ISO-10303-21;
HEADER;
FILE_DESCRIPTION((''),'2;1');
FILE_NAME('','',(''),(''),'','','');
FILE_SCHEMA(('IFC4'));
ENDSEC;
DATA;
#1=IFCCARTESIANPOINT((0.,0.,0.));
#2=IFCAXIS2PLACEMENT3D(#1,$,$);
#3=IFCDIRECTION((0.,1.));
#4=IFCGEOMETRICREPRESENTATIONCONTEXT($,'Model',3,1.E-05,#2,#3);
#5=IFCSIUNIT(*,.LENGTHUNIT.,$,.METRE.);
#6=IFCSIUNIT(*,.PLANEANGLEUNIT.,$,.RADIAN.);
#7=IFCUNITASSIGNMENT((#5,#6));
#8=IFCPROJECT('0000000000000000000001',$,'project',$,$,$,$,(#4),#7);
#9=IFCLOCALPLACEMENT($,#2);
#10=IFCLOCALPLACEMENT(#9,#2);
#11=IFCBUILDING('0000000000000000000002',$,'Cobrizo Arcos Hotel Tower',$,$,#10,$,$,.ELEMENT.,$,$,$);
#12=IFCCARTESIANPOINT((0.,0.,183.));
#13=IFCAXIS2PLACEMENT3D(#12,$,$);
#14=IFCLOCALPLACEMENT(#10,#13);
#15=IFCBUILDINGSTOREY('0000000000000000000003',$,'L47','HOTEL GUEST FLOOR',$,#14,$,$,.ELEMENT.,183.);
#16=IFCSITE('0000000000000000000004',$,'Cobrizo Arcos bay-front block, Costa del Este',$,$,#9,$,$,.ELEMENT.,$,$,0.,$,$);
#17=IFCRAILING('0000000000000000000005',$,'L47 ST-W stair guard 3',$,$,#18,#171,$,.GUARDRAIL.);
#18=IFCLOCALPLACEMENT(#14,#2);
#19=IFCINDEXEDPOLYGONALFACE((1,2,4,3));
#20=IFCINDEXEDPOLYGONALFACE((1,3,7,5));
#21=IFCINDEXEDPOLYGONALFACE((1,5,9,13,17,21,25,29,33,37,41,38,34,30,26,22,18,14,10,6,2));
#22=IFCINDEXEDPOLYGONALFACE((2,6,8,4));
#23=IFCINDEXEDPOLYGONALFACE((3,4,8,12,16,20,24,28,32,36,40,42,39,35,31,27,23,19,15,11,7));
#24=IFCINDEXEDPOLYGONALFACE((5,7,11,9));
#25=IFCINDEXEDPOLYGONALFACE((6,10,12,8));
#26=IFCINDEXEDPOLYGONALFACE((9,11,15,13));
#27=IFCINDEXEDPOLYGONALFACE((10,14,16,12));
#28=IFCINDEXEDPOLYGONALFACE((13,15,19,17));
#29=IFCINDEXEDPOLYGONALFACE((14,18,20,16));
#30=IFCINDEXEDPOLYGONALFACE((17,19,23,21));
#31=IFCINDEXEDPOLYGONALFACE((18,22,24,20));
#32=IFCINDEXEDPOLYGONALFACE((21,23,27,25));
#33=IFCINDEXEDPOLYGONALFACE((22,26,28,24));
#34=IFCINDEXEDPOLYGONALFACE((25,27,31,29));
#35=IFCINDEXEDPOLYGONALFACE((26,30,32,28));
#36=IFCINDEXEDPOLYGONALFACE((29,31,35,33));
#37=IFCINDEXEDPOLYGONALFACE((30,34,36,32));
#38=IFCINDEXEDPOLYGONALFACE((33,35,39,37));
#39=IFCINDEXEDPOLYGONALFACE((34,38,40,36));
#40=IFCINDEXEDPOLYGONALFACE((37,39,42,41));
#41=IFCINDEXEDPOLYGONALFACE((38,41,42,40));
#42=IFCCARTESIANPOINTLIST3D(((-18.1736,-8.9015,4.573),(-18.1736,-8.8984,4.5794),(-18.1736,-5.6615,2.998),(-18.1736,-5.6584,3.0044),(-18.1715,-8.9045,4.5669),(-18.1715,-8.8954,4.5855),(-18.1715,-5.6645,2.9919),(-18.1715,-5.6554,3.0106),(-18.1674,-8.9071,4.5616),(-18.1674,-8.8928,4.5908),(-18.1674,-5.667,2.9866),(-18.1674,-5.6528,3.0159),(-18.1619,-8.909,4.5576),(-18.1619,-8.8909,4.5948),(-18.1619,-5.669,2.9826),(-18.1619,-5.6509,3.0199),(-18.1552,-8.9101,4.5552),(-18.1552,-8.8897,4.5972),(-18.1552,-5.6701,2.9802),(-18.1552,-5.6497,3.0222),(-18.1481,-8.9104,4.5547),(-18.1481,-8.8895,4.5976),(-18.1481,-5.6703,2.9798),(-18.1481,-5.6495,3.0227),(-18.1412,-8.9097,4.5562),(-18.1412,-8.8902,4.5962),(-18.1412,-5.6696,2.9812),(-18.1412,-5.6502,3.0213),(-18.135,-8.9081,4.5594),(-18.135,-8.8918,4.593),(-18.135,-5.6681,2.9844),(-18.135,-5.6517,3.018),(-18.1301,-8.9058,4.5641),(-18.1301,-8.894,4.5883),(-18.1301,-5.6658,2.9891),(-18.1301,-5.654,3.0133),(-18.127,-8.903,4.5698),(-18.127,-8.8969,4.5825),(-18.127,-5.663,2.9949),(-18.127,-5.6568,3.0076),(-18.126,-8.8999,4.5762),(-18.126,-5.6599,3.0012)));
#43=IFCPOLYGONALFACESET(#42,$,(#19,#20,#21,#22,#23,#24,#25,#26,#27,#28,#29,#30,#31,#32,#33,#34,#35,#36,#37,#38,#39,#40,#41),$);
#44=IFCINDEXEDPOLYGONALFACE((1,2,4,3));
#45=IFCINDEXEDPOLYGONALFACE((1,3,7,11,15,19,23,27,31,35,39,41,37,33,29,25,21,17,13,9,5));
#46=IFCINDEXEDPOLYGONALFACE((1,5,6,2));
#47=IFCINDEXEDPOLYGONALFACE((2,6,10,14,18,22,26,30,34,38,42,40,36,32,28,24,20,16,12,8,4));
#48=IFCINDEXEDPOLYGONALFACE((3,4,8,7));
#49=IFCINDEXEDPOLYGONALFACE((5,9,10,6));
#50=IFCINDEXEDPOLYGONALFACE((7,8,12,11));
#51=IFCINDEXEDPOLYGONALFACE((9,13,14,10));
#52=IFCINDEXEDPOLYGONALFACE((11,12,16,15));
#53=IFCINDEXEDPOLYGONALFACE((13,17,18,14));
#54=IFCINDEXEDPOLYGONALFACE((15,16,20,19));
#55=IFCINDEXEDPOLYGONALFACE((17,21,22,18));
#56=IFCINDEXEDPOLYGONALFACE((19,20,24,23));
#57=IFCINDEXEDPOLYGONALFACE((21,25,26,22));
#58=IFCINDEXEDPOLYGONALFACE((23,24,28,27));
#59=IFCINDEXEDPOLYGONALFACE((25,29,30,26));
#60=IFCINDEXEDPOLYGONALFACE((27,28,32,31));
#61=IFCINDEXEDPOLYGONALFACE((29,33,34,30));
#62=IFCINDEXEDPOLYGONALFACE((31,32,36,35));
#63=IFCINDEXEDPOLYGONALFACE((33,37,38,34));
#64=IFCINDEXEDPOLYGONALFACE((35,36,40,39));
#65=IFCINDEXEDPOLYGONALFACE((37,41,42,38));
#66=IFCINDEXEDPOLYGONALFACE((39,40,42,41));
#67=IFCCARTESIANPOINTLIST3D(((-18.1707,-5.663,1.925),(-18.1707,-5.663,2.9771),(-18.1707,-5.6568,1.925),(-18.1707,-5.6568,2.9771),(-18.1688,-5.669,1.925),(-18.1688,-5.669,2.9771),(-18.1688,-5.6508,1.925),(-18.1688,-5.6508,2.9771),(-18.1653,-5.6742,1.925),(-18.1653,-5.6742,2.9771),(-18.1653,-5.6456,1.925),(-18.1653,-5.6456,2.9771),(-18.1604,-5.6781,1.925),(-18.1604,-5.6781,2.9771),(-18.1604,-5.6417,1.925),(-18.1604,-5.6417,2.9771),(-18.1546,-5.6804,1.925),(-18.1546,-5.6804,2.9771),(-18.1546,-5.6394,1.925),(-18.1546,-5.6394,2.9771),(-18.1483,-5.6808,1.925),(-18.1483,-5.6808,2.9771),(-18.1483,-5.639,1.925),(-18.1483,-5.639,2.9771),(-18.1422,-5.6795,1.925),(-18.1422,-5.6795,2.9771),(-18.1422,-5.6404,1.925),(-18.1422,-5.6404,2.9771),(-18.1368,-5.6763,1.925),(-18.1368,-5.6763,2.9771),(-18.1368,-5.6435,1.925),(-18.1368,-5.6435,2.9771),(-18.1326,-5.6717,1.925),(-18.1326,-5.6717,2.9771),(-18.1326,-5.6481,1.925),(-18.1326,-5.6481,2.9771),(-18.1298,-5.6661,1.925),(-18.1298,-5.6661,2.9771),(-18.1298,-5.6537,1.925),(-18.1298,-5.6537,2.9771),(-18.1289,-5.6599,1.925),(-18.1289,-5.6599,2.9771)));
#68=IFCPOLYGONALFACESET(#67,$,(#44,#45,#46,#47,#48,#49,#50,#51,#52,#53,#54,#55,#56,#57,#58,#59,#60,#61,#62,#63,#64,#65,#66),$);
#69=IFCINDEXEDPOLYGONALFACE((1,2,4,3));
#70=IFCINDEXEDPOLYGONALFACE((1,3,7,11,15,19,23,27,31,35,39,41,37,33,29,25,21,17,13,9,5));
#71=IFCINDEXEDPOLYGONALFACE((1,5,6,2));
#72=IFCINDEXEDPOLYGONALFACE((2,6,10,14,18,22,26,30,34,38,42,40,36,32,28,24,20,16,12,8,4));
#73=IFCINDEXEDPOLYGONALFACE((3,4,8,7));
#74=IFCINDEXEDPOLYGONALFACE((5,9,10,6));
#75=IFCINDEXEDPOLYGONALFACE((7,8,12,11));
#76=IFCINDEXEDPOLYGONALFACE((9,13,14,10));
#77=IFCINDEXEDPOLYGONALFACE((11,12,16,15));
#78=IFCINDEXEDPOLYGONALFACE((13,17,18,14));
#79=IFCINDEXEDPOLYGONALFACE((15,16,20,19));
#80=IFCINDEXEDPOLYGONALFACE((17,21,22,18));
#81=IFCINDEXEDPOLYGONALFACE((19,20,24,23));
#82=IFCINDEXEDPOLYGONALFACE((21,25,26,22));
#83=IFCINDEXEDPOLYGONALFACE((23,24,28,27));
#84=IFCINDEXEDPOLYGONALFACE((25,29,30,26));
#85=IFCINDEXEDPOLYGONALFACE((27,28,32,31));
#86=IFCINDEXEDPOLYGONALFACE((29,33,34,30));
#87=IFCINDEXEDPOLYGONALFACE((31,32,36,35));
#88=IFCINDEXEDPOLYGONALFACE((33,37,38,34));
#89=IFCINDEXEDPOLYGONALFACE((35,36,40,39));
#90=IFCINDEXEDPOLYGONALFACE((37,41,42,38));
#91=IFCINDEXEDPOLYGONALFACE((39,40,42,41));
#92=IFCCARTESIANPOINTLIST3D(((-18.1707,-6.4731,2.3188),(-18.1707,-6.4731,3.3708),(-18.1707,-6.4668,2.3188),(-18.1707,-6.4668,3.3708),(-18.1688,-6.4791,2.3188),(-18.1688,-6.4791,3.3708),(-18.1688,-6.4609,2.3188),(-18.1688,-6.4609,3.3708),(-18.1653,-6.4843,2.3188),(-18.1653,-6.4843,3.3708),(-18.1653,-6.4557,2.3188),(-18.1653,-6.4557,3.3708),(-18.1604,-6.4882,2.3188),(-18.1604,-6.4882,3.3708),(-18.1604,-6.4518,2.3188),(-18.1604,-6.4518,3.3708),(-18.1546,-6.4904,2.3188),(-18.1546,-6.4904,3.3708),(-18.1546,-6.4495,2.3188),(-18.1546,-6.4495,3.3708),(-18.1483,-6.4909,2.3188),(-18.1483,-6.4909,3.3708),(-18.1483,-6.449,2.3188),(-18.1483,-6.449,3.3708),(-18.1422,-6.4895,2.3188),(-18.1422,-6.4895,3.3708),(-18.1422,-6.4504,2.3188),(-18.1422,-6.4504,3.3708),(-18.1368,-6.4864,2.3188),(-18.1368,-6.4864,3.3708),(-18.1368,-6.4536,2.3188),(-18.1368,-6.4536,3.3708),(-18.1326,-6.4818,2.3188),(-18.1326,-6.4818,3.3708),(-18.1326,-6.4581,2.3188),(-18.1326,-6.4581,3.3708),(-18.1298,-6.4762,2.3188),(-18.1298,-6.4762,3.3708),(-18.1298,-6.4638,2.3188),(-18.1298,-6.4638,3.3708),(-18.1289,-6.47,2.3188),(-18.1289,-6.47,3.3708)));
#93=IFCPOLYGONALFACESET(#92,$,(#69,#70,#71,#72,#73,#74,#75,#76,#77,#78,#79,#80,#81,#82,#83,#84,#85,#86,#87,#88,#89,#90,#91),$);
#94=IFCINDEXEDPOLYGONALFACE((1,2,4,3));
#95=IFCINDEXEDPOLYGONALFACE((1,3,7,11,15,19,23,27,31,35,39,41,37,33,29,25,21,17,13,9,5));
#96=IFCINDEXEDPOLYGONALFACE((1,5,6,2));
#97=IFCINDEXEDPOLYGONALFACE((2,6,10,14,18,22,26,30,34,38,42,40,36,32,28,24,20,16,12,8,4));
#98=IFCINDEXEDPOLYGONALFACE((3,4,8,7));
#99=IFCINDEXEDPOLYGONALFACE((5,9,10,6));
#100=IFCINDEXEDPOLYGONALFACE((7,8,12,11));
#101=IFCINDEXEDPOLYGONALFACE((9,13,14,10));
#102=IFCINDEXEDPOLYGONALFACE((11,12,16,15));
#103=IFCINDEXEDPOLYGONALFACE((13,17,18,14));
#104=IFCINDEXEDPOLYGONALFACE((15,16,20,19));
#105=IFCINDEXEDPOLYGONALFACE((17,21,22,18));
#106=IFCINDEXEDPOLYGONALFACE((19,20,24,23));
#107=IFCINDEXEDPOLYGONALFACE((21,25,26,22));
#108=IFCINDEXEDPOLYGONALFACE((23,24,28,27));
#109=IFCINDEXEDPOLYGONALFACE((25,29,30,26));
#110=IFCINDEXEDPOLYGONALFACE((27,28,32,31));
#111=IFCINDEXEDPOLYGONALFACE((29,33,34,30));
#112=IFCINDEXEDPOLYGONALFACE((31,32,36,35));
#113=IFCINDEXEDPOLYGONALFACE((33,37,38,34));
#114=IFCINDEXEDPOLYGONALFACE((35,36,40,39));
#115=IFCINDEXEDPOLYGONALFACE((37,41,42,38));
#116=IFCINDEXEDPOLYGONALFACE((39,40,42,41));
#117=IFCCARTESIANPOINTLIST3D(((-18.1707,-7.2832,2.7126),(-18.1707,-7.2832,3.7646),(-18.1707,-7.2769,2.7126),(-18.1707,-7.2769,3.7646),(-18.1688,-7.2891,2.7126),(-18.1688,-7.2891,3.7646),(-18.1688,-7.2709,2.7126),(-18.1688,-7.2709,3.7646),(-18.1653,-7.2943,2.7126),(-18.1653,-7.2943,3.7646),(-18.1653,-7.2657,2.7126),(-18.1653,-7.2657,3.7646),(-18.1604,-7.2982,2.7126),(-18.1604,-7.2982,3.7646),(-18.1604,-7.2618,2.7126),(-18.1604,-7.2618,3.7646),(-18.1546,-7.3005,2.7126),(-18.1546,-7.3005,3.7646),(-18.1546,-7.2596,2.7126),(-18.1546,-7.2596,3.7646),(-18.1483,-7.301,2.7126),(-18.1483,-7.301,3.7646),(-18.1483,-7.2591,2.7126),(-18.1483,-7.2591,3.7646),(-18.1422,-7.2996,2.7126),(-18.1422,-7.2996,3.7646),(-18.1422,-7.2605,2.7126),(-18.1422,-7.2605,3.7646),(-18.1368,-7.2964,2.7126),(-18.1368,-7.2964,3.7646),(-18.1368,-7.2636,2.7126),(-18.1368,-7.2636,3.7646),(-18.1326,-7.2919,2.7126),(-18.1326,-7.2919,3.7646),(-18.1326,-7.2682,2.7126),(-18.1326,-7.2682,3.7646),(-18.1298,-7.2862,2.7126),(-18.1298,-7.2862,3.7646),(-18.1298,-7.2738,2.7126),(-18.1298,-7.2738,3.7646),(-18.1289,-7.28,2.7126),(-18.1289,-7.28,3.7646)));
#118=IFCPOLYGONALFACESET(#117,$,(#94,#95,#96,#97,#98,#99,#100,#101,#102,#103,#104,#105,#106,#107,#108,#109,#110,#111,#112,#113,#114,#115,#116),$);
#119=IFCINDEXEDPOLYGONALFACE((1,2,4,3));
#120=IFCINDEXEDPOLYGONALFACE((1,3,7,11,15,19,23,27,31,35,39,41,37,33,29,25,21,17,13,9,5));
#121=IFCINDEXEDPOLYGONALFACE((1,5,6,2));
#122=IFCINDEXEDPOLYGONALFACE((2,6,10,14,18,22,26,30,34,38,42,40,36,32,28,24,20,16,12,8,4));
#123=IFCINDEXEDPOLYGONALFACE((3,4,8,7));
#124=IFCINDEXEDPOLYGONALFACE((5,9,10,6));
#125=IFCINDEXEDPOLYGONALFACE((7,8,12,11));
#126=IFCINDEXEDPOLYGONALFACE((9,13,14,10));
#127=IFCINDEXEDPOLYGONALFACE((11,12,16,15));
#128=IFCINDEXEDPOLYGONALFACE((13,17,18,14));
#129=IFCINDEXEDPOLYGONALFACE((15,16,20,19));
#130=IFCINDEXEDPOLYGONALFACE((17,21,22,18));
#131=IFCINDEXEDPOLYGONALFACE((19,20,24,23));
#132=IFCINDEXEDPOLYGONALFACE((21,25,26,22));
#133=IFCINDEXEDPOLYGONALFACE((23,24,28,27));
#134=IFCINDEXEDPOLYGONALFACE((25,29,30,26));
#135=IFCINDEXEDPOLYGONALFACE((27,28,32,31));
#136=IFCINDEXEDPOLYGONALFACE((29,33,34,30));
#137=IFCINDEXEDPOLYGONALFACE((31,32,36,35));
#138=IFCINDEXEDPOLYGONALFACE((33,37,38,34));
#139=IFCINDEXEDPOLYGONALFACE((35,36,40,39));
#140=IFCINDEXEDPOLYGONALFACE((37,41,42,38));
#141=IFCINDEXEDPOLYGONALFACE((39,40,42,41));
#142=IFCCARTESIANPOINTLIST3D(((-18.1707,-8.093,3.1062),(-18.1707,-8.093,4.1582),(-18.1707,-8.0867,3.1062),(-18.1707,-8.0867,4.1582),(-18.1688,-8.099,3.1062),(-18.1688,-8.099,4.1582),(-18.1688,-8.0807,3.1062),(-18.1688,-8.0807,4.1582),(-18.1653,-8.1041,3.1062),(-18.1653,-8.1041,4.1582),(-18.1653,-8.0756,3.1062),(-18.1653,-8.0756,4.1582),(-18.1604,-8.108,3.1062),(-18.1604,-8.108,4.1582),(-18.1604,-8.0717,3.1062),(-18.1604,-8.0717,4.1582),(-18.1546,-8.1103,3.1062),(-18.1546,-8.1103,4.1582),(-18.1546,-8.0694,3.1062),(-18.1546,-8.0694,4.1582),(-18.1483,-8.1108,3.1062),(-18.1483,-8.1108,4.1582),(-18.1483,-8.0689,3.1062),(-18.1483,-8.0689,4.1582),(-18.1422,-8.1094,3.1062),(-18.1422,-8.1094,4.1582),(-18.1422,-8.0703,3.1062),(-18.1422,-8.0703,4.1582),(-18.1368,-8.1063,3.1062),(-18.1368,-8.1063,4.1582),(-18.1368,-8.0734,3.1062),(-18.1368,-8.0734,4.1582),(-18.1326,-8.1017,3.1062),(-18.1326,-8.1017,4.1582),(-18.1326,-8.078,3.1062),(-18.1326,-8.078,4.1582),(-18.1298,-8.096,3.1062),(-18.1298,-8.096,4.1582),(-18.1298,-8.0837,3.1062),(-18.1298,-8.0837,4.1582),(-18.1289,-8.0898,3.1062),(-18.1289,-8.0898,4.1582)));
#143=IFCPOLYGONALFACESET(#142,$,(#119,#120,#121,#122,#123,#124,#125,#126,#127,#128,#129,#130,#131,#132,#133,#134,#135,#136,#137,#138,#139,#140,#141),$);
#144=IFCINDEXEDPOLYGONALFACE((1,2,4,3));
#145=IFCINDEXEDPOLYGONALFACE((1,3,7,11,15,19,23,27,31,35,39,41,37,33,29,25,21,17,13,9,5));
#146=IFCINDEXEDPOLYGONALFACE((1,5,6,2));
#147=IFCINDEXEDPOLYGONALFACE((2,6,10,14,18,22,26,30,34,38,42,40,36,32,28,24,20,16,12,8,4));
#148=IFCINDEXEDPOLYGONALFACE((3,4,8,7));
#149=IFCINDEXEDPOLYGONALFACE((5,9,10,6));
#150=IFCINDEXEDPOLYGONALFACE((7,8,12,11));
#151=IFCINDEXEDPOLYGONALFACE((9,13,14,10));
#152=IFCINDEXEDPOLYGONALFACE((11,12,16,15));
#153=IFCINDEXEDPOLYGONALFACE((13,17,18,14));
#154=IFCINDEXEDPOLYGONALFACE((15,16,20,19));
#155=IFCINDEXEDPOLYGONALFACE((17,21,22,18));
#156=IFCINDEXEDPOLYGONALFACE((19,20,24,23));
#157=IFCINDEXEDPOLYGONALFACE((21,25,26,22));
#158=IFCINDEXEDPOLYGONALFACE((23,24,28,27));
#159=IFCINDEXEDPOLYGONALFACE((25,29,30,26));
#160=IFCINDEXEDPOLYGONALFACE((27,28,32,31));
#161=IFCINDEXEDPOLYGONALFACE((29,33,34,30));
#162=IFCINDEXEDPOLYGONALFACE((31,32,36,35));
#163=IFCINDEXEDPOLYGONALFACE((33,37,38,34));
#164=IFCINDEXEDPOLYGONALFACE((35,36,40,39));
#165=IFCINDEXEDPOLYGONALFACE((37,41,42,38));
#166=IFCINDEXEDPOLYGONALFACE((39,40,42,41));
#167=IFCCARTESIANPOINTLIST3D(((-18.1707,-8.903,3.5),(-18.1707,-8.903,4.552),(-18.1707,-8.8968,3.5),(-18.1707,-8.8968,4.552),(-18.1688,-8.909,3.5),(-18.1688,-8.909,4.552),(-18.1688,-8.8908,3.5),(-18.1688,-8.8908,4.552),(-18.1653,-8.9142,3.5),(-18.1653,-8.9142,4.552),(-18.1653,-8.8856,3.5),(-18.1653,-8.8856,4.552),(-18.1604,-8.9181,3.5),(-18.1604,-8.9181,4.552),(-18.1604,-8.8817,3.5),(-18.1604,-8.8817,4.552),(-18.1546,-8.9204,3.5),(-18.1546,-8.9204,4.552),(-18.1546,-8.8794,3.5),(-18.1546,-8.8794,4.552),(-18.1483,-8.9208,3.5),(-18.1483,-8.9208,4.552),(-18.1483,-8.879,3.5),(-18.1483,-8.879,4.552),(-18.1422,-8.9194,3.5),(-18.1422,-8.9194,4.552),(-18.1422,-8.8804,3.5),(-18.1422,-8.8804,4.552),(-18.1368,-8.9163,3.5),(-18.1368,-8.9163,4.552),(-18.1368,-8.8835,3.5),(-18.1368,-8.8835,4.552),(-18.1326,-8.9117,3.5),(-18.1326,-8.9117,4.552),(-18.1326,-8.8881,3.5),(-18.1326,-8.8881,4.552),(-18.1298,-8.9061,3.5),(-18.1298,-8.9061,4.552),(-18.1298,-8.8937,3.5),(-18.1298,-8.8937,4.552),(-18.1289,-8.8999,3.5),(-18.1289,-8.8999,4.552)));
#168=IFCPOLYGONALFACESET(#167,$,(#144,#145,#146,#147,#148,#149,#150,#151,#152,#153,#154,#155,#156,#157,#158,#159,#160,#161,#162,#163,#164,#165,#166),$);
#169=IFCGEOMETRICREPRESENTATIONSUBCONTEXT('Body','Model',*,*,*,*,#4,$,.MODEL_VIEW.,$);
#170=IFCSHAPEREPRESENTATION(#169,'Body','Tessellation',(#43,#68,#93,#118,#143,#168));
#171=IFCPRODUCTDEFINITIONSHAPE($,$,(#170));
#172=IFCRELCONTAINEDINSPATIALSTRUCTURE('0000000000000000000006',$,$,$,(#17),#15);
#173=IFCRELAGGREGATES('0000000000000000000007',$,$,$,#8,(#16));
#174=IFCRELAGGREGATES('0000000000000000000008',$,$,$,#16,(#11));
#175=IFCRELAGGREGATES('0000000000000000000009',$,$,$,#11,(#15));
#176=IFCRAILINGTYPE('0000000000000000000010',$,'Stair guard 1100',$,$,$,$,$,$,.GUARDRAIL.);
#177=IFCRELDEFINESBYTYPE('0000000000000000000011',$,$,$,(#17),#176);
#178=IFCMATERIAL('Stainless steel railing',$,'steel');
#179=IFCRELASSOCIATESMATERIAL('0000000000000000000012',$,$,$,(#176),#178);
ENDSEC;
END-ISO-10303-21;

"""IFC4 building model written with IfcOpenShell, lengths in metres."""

from ifc_helpers import new_model, si_unit, direction, frame, origin, origin_2d, place, context, subcontext, project, spatial, circle, extrude, material, type_object, element, save


model = new_model("IFC4")

# Units and contexts
model_context = context("Model", 3, precision=1e-05, world=origin(), true_north=direction((0.0, 1.0)))
body_context = subcontext(model_context, "Body", "Model", "MODEL_VIEW")
ifc_project = project(units=[si_unit("LENGTHUNIT", "METRE"), si_unit("PLANEANGLEUNIT", "RADIAN")], contexts=[model_context])

# Site, building, storey
site_placement = place(None, origin())
site = spatial("IfcSite", under=ifc_project, at=site_placement, Name="Cobrizo Arcos bay-front block, Costa del Este", CompositionType="ELEMENT", RefElevation=0.0)
building_placement = place(site_placement, origin())
building = spatial("IfcBuilding", under=site, at=building_placement, Name="Cobrizo Arcos Hotel Tower", CompositionType="ELEMENT")
storey_placement = place(building_placement, frame((0.0, 0.0, 183.0)))
storey = spatial("IfcBuildingStorey", under=building, at=storey_placement, Name="L47", Description="HOTEL GUEST FLOOR", CompositionType="ELEMENT", Elevation=183.0)

# Railing
ifc_material_1 = material(Name="Stainless steel railing", Category="steel")
railing_type_1 = type_object("IfcRailingType", Name="Stair guard 1100", PredefinedType="GUARDRAIL", material=ifc_material_1)
railing_1_placement = place(storey_placement, frame((-18.1499, -5.6599, 1.925)))
element("IfcRailing", 1, at=railing_1_placement, inside=storey, type_object=railing_type_1, Name="L47 ST-W stair guard 3", PredefinedType="GUARDRAIL", context=body_context, shape_type="SweptSolid", body=[
    extrude(circle(Radius=0.0239, at=origin_2d()), frame((0.0, 0.0, 1.0762), z_axis=(0.0, -0.899373, 0.437183), x_axis=(1.0, 0.0, 0.0)), (0.0, 0.0, 1.0), 3.6025),
    extrude(circle(Radius=0.021, at=origin_2d()), origin(), (0.0, 0.0, 1.0), 1.052),
    extrude(circle(Radius=0.021, at=origin_2d()), frame((0.0, -0.8101, 0.3938)), (0.0, 0.0, 1.0), 1.052),
    extrude(circle(Radius=0.021, at=origin_2d()), frame((0.0, -1.6201, 0.7876)), (0.0, 0.0, 1.0), 1.052),
    extrude(circle(Radius=0.021, at=origin_2d()), frame((0.0, -2.4299, 1.1812)), (0.0, 0.0, 1.0), 1.052),
    extrude(circle(Radius=0.021, at=origin_2d()), frame((0.0, -3.24, 1.575)), (0.0, 0.0, 1.0), 1.052),
])

save(model, "model.ifc")
